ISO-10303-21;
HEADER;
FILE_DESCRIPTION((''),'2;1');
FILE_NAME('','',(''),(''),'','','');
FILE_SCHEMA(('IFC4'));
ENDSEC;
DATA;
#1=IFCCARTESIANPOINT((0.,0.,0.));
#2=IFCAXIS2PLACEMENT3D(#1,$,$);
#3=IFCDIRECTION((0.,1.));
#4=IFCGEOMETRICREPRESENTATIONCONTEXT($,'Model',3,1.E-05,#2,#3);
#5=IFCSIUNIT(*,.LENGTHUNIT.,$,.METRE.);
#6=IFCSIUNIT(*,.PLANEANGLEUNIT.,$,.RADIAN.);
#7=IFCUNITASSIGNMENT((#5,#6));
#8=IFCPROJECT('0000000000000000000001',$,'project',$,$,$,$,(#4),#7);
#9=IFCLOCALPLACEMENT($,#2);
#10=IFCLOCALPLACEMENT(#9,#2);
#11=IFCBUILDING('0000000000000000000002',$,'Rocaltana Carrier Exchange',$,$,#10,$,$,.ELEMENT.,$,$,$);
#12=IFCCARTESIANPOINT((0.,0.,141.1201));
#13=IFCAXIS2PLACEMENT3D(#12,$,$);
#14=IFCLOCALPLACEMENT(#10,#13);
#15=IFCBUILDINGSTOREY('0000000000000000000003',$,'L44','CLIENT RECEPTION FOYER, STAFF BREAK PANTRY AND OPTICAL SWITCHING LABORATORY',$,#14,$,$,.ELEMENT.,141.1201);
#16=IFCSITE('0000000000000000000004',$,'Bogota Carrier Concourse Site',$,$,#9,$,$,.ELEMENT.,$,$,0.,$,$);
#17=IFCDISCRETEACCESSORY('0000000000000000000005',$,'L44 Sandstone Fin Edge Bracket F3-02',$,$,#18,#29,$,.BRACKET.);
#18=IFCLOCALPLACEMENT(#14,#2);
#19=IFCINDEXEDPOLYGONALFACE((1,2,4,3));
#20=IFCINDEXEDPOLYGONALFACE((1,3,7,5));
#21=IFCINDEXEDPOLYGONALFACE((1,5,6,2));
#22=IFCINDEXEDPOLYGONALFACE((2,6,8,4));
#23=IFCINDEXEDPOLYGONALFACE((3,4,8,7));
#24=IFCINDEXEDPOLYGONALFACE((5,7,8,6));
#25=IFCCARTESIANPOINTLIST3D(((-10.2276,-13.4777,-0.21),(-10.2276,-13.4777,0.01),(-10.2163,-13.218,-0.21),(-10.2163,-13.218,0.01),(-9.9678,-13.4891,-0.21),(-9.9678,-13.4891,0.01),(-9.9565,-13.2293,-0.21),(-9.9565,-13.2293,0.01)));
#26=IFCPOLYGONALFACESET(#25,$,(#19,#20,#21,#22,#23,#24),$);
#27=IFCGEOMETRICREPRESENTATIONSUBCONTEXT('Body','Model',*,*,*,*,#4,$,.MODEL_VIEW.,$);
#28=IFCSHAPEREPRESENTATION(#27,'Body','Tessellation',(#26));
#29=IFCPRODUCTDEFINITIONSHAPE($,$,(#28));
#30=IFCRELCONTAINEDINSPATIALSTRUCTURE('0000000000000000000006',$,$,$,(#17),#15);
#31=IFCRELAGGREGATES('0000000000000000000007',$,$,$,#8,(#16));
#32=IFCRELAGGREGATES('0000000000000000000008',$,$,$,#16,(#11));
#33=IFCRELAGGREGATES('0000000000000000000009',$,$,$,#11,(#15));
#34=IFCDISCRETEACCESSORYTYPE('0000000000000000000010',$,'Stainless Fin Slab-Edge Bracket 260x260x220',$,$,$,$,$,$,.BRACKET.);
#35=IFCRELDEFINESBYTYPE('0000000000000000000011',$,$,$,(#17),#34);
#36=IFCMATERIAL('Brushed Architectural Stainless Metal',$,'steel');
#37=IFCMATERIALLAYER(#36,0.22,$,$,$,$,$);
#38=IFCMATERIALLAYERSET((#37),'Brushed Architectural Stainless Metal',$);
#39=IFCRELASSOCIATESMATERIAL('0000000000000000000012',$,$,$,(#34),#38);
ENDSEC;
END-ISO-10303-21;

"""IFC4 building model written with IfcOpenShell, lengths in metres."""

from ifc_helpers import new_model, si_unit, direction, frame, origin, origin_2d, place, context, subcontext, project, spatial, rectangle, extrude, material, layer, layer_set, type_object, element, save


model = new_model("IFC4")

# Units and contexts
model_context = context("Model", 3, precision=1e-05, world=origin(), true_north=direction((0.0, 1.0)))
body_context = subcontext(model_context, "Body", "Model", "MODEL_VIEW")
ifc_project = project(units=[si_unit("LENGTHUNIT", "METRE"), si_unit("PLANEANGLEUNIT", "RADIAN")], contexts=[model_context])

# Site, building, storey
site_placement = place(None, origin())
site = spatial("IfcSite", under=ifc_project, at=site_placement, Name="Bogota Carrier Concourse Site", CompositionType="ELEMENT", RefElevation=0.0)
building_placement = place(site_placement, origin())
building = spatial("IfcBuilding", under=site, at=building_placement, Name="Rocaltana Carrier Exchange", CompositionType="ELEMENT")
storey_placement = place(building_placement, frame((0.0, 0.0, 141.1201)))
storey = spatial("IfcBuildingStorey", under=building, at=storey_placement, Name="L44", Description="CLIENT RECEPTION FOYER, STAFF BREAK PANTRY AND OPTICAL SWITCHING LABORATORY", CompositionType="ELEMENT", Elevation=141.1201)

# Discrete accessory
ifc_material_1 = material(Name="Brushed Architectural Stainless Metal", Category="steel")
ifc_layer_1 = layer(ifc_material_1, 0.22)
ifc_layer_set_1 = layer_set([ifc_layer_1], Name="Brushed Architectural Stainless Metal")
discrete_accessory_type = type_object("IfcDiscreteAccessoryType", Name="Stainless Fin Slab-Edge Bracket 260x260x220", PredefinedType="BRACKET", material=ifc_layer_set_1)
discrete_accessory_placement = place(storey_placement, frame((-10.092, -13.3535, -0.21), z_axis=(0.0, 0.0, 1.0), x_axis=(0.999048, -0.043619, 0.0)))
element("IfcDiscreteAccessory", 1, at=discrete_accessory_placement, inside=storey, type_object=discrete_accessory_type, Name="L44 Sandstone Fin Edge Bracket F3-02", PredefinedType="BRACKET", context=body_context, shape_type="SweptSolid", body=[
    extrude(rectangle(XDim=0.26, YDim=0.26, at=origin_2d()), origin(), (0.0, 0.0, 1.0), 0.22),
])

save(model, "model.ifc")
